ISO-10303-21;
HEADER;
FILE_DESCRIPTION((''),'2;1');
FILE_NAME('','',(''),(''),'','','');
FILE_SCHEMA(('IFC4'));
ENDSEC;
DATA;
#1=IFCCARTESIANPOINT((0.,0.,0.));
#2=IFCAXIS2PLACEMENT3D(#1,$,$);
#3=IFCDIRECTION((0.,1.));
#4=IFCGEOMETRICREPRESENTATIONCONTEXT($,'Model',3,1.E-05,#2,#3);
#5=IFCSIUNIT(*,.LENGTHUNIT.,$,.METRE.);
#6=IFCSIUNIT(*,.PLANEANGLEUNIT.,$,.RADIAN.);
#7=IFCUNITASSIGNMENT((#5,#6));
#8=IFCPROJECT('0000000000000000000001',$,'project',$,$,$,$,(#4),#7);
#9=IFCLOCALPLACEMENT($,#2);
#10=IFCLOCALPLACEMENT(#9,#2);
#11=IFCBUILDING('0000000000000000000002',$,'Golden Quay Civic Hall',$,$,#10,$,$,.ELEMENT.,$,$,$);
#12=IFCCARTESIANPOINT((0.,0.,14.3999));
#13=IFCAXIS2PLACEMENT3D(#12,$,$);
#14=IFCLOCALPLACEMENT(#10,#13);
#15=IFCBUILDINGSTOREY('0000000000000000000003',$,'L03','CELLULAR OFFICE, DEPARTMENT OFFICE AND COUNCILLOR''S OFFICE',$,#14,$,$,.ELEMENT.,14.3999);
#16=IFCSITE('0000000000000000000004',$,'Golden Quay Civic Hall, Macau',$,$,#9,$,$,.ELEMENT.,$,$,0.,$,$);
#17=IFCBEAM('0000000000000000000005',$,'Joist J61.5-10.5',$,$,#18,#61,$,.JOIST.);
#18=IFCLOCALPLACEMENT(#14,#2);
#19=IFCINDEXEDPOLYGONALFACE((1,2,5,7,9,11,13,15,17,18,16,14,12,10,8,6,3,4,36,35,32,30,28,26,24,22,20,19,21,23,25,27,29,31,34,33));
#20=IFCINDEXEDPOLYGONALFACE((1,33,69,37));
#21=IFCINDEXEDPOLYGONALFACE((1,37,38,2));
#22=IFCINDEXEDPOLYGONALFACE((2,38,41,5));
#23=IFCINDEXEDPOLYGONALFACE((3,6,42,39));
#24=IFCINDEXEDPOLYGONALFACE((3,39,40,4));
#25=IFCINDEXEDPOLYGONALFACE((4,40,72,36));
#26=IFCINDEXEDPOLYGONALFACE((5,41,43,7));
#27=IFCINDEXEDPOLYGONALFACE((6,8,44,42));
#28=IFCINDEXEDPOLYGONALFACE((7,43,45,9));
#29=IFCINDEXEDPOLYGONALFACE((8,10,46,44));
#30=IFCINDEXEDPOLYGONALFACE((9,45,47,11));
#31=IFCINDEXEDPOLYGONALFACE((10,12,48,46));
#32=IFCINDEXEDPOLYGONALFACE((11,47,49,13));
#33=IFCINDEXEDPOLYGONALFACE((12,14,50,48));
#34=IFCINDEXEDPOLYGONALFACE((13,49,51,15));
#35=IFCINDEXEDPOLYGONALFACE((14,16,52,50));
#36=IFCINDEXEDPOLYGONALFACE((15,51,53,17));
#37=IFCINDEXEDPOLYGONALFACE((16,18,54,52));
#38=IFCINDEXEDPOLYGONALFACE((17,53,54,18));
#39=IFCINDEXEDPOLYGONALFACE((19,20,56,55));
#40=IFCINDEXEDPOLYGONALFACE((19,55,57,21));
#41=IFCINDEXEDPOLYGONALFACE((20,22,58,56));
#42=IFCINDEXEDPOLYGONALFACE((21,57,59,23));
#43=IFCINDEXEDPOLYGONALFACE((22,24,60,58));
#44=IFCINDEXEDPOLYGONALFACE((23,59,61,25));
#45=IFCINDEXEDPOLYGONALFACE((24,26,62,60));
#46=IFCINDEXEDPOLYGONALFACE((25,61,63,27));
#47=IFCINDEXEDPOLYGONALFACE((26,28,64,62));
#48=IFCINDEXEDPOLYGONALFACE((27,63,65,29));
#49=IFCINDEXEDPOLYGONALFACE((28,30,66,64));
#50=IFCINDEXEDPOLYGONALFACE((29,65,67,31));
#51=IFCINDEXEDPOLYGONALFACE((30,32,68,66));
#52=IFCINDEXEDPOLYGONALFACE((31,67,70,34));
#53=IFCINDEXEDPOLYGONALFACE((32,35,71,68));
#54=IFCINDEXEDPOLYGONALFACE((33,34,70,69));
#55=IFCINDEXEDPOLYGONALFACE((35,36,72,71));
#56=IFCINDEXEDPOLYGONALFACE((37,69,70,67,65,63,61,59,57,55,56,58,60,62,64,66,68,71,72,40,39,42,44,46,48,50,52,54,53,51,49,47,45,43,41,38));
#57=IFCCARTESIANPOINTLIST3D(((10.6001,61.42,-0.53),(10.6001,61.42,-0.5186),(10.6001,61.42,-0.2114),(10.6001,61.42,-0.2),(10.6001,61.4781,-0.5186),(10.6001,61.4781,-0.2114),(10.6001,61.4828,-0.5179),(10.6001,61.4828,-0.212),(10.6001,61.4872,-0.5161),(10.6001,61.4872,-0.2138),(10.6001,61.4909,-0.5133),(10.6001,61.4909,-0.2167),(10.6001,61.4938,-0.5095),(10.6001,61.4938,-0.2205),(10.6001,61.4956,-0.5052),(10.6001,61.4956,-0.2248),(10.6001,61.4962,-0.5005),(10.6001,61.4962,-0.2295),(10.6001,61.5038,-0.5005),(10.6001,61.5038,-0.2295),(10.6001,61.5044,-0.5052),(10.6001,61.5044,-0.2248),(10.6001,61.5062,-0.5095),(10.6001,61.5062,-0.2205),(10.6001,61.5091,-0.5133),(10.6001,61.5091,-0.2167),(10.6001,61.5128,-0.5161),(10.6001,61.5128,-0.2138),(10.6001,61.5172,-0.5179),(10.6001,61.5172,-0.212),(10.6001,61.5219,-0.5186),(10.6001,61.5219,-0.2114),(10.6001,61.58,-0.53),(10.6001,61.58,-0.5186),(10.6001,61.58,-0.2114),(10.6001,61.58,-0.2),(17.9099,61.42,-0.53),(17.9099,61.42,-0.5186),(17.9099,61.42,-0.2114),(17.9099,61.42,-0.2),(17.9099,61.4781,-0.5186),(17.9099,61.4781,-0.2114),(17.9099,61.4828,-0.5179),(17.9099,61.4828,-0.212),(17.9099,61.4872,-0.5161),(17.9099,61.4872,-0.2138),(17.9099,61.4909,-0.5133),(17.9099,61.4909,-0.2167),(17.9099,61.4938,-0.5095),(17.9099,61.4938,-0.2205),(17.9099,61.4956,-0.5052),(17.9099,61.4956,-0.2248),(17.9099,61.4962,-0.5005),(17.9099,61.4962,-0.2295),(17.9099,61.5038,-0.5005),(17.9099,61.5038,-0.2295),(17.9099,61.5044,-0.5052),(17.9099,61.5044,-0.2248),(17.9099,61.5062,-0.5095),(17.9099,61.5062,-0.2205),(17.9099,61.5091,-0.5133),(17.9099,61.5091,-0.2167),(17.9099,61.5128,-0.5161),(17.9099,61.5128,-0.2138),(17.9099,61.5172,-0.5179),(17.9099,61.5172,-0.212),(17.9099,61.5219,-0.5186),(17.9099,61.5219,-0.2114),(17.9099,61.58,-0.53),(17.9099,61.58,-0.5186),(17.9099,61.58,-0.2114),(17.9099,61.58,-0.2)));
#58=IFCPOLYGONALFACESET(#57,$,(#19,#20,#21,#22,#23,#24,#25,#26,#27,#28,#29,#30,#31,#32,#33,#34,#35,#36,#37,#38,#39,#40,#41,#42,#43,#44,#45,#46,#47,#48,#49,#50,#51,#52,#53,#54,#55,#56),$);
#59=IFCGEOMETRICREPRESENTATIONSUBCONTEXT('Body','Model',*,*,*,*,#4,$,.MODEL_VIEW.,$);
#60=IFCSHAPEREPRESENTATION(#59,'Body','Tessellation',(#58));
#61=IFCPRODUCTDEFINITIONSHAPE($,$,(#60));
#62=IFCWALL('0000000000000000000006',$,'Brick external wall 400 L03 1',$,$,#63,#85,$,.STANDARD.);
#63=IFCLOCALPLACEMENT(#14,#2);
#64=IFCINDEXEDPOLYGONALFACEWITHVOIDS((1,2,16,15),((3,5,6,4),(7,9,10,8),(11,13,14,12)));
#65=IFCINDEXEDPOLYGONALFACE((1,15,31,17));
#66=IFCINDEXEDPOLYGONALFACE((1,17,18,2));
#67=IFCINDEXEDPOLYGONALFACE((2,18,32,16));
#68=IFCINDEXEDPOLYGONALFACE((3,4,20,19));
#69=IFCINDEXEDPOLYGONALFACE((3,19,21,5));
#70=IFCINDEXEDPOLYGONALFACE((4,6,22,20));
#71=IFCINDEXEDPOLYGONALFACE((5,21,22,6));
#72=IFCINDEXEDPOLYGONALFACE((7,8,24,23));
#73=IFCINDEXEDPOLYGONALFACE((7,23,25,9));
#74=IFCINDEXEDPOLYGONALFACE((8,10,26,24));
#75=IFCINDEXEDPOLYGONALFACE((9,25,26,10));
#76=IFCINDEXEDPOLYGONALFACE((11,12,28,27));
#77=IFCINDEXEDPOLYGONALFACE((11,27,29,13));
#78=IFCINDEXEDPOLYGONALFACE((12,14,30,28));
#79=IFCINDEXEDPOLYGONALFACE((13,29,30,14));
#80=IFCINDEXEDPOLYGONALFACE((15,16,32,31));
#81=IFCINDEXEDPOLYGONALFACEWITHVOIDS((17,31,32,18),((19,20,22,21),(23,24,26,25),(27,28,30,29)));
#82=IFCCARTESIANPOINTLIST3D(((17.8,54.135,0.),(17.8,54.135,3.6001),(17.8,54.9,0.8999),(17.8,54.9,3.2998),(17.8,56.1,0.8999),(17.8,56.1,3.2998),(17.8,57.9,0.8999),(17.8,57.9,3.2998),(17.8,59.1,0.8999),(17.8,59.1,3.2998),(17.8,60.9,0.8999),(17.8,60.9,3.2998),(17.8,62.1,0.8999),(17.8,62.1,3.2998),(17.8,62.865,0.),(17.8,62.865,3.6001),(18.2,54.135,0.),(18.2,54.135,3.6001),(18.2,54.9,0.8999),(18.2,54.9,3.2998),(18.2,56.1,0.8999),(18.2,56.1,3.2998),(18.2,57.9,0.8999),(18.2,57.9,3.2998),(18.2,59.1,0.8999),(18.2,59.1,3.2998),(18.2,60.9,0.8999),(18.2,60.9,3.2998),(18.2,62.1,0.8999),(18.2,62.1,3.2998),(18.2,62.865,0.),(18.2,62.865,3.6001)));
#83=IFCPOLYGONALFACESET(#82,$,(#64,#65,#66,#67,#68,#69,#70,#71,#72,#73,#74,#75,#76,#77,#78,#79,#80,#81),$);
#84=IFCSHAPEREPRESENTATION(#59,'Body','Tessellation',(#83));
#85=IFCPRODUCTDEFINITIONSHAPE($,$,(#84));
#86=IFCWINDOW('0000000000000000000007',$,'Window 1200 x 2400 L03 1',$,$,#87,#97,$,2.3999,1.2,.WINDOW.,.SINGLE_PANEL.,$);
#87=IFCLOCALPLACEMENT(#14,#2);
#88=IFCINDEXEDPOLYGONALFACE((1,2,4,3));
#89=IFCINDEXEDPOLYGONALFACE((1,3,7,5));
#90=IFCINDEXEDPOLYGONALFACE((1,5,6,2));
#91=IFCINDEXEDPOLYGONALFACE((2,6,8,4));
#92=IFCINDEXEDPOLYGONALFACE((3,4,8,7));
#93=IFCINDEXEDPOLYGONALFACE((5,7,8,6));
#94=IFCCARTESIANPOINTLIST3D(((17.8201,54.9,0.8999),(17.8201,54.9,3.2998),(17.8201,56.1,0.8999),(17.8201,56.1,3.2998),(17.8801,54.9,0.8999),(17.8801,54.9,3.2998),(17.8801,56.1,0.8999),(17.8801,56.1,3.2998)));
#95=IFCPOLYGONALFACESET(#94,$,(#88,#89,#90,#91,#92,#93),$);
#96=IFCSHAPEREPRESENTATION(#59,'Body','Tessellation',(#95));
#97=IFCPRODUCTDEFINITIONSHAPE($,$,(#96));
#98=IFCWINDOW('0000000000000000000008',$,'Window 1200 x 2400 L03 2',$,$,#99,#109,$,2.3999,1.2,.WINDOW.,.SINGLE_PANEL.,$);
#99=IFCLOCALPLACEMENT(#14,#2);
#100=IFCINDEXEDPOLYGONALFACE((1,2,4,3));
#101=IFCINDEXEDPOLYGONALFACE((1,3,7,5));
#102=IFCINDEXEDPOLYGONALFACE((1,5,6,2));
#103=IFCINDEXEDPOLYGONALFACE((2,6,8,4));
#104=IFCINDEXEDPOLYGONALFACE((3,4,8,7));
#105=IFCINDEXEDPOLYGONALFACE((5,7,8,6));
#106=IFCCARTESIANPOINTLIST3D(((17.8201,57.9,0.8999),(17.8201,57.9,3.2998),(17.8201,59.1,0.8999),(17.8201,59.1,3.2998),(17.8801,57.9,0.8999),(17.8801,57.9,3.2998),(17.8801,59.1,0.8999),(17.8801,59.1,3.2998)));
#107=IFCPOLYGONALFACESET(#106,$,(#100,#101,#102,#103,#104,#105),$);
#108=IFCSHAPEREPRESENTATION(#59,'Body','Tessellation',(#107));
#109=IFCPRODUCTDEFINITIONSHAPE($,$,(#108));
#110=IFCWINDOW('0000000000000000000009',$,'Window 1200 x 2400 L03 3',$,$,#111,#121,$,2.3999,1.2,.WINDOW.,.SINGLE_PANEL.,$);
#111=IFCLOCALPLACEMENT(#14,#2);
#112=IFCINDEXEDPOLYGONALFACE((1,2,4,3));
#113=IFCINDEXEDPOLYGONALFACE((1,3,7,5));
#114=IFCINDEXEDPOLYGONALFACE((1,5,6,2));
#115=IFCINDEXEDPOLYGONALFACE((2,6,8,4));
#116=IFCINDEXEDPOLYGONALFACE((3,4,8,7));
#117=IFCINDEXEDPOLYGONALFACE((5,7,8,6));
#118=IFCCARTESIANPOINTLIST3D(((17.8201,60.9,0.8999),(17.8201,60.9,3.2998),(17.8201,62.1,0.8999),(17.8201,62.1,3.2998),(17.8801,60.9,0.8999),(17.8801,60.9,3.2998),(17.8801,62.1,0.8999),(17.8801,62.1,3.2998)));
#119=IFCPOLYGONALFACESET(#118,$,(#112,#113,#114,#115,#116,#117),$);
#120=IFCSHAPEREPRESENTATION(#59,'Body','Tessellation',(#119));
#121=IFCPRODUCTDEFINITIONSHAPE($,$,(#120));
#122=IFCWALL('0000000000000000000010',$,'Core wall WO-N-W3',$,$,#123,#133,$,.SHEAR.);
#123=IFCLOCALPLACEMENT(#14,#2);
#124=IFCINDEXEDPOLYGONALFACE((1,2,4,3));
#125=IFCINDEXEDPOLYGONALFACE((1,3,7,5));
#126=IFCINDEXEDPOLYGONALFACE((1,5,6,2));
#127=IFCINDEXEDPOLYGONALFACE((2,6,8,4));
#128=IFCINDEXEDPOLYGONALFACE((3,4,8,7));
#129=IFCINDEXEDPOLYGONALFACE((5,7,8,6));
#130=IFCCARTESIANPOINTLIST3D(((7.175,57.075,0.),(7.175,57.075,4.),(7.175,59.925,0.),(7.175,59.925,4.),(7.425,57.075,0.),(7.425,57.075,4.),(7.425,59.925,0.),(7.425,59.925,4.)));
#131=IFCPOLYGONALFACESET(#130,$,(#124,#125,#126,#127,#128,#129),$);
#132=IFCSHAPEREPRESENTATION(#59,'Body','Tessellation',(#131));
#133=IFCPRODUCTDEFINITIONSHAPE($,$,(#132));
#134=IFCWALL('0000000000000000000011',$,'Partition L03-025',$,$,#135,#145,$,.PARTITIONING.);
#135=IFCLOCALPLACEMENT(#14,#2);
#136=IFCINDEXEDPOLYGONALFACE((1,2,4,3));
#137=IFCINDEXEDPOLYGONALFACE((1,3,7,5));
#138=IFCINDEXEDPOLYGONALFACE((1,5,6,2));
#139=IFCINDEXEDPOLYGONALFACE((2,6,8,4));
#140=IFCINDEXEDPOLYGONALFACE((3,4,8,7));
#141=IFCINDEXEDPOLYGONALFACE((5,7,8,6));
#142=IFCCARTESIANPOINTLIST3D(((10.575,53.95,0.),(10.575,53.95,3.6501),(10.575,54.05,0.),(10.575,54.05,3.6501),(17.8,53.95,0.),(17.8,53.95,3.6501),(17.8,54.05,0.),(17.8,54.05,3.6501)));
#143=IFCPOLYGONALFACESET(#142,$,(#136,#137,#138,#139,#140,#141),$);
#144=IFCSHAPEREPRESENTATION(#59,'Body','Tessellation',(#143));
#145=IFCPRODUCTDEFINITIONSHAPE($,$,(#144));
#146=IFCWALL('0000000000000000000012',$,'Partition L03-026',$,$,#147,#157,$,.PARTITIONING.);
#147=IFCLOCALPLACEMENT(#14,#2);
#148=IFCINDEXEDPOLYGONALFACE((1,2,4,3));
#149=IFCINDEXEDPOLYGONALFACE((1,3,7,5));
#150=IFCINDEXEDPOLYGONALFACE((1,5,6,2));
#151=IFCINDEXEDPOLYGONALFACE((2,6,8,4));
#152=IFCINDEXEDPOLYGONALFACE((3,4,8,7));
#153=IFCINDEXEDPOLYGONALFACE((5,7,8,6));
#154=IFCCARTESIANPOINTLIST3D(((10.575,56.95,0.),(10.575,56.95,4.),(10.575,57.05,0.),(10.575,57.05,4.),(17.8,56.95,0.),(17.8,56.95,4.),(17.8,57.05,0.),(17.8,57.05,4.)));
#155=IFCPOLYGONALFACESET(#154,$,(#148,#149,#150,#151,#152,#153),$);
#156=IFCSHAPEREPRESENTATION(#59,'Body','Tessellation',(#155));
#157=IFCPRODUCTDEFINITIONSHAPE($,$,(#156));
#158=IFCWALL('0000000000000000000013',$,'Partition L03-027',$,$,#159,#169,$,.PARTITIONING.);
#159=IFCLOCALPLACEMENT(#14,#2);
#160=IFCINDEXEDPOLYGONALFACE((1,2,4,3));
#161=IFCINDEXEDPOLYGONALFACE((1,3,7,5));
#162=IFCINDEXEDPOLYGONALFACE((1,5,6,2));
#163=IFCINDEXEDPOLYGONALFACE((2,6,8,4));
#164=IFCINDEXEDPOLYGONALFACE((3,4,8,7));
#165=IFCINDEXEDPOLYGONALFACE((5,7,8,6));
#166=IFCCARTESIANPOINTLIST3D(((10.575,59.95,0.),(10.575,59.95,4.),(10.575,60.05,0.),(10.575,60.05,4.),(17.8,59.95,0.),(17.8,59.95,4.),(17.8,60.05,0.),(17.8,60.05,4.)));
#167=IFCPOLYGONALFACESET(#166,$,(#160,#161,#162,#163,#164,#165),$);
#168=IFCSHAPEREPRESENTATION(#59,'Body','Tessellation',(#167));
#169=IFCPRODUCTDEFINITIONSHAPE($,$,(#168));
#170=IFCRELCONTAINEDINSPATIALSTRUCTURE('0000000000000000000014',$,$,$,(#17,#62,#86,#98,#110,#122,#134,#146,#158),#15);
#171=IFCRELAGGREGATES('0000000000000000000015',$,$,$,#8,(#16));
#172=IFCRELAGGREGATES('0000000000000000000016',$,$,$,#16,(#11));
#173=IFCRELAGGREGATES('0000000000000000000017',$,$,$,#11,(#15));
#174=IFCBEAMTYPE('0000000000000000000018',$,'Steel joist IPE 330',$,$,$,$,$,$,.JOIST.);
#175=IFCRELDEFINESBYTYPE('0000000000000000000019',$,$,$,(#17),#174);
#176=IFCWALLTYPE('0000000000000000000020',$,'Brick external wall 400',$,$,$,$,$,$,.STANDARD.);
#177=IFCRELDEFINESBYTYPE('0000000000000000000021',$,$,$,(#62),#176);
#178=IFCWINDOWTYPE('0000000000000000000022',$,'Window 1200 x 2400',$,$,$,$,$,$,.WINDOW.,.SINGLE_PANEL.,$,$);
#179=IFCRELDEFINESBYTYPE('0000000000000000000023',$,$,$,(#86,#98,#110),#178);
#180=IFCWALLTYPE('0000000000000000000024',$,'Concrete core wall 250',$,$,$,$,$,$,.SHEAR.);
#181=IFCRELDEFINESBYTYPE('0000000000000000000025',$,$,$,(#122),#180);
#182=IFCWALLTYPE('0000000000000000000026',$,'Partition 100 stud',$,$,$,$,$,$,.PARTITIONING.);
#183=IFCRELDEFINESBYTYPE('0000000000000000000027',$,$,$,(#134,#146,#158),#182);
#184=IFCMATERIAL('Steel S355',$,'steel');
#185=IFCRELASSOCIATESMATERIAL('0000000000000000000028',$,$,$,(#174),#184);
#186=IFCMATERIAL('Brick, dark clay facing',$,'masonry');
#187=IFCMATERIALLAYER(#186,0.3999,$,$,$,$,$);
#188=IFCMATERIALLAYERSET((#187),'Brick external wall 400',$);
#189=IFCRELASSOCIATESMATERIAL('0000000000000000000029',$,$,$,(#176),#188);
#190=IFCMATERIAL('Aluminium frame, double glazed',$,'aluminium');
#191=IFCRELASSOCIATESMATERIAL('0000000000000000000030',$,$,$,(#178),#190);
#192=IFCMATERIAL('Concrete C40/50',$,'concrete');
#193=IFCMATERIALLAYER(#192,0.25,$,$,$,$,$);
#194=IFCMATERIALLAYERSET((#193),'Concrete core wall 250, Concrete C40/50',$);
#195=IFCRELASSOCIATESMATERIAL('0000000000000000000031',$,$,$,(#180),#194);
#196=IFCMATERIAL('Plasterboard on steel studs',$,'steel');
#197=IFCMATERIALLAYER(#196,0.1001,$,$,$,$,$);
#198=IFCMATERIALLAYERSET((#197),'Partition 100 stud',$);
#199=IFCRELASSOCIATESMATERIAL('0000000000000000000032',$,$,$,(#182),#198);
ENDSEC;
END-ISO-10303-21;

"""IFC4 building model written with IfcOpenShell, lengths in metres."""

from ifc_helpers import new_model, si_unit, direction, frame, frame_2d, origin, origin_2d, place, context, subcontext, project, spatial, rectangle, i_section, extrude, material, layer, layer_set, material_profile, profile_set, type_object, element, fill, save


model = new_model("IFC4")

# Units and contexts
model_context = context("Model", 3, precision=1e-05, world=origin(), true_north=direction((0.0, 1.0)))
body_context = subcontext(model_context, "Body", "Model", "MODEL_VIEW")
ifc_project = project(units=[si_unit("LENGTHUNIT", "METRE"), si_unit("PLANEANGLEUNIT", "RADIAN")], contexts=[model_context])

# Site, building, storey
site_placement = place(None, origin())
site = spatial("IfcSite", under=ifc_project, at=site_placement, Name="Golden Quay Civic Hall, Macau", CompositionType="ELEMENT", RefElevation=0.0)
building_placement = place(site_placement, origin())
building = spatial("IfcBuilding", under=site, at=building_placement, Name="Golden Quay Civic Hall", CompositionType="ELEMENT")
storey_placement = place(building_placement, frame((0.0, 0.0, 14.3999)))
storey = spatial("IfcBuildingStorey", under=building, at=storey_placement, Name="L03", Description="CELLULAR OFFICE, DEPARTMENT OFFICE AND COUNCILLOR'S OFFICE", CompositionType="ELEMENT", Elevation=14.3999)

# Beam
ifc_material_1 = material(Name="Steel S355", Category="steel")
ifc_material_profile_1 = material_profile(ifc_material_1, i_section(OverallWidth=0.1599, OverallDepth=0.3301, WebThickness=0.0076, FlangeThickness=0.0115, FilletRadius=0.0181, at=origin_2d()), Name="IPE 330")
ifc_profile_set_1 = profile_set([ifc_material_profile_1], Name="Steel S355")
beam_type_1 = type_object("IfcBeamType", Name="Steel joist IPE 330", PredefinedType="JOIST", material=ifc_profile_set_1)
for number, where, z_axis, x_axis, name in (
    (1, (10.6001, 61.5, -0.365), (1.0, 0.0, 0.0), (0.0, 1.0, 0.0), "Joist J61.5-10.5"),
):
    element("IfcBeam", number, at=place(storey_placement, frame(where, z_axis=z_axis, x_axis=x_axis)), inside=storey, type_object=beam_type_1, Name=name, PredefinedType="JOIST", context=body_context, shape_type="SweptSolid", body=[
        extrude(i_section(OverallWidth=0.1599, OverallDepth=0.3301, WebThickness=0.0076, FlangeThickness=0.0115, FilletRadius=0.0181, at=origin_2d()), origin(), (0.0, 0.0, 1.0), 7.3098),
    ])

# Wall, openings, windows
ifc_material_2 = material(Name="Brick, dark clay facing", Category="masonry")
ifc_layer_1 = layer(ifc_material_2, 0.3999)
ifc_layer_set_1 = layer_set([ifc_layer_1], Name="Brick external wall 400")
wall_type_1 = type_object("IfcWallType", Name="Brick external wall 400", PredefinedType="STANDARD", material=ifc_layer_set_1)
wall_1_placement = place(storey_placement, frame((18.0, 62.865, 0.0), z_axis=(0.0, 0.0, 1.0), x_axis=(0.0, -1.0, 0.0)))
wall_1 = element("IfcWall", 2, at=wall_1_placement, inside=storey, type_object=wall_type_1, Name="Brick external wall 400 L03 1", PredefinedType="STANDARD", context=body_context, shape_type="SweptSolid", body=[
    extrude(rectangle(XDim=8.73, YDim=0.3999, at=frame_2d((4.365, 0.0))), origin(), (0.0, 0.0, 1.0), 3.6001),
])
opening_1_placement = place(wall_1_placement, frame((6.7649, 0.0, 0.8999)))
opening_1 = element("IfcOpeningElement", 3, at=opening_1_placement, cuts=wall_1, PredefinedType="OPENING", context=body_context, shape_type="SweptSolid", body=[
    extrude(rectangle(XDim=1.2, YDim=2.3999, at=frame_2d((0.6001, 1.2))), frame((0.0, 0.21, 0.0), z_axis=(0.0, -1.0, 0.0), x_axis=(1.0, 0.0, 0.0)), (0.0, 0.0, 1.0), 0.4199),
])
opening_2_placement = place(wall_1_placement, frame((3.7649, 0.0, 0.8999)))
opening_2 = element("IfcOpeningElement", 4, at=opening_2_placement, cuts=wall_1, PredefinedType="OPENING", context=body_context, shape_type="SweptSolid", body=[
    extrude(rectangle(XDim=1.2, YDim=2.3999, at=frame_2d((0.6001, 1.2))), frame((0.0, 0.21, 0.0), z_axis=(0.0, -1.0, 0.0), x_axis=(1.0, 0.0, 0.0)), (0.0, 0.0, 1.0), 0.4199),
])
opening_3_placement = place(wall_1_placement, frame((0.7649, 0.0, 0.8999)))
opening_3 = element("IfcOpeningElement", 5, at=opening_3_placement, cuts=wall_1, PredefinedType="OPENING", context=body_context, shape_type="SweptSolid", body=[
    extrude(rectangle(XDim=1.2, YDim=2.3999, at=frame_2d((0.6001, 1.2))), frame((0.0, 0.21, 0.0), z_axis=(0.0, -1.0, 0.0), x_axis=(1.0, 0.0, 0.0)), (0.0, 0.0, 1.0), 0.4199),
])
ifc_material_3 = material(Name="Aluminium frame, double glazed", Category="aluminium")
window_type = type_object("IfcWindowType", Name="Window 1200 x 2400", PartitioningType="SINGLE_PANEL", PredefinedType="WINDOW", material=ifc_material_3)
window_1_placement = place(opening_1_placement, origin())
window_1 = element("IfcWindow", 6, at=window_1_placement, inside=storey, type_object=window_type, Name="Window 1200 x 2400 L03 1", OverallHeight=2.3999, OverallWidth=1.2, PartitioningType="SINGLE_PANEL", PredefinedType="WINDOW", context=body_context, shape_type="SweptSolid", body=[
    extrude(rectangle(XDim=1.2, YDim=2.3999, at=frame_2d((0.6001, 1.2))), frame((0.0, -0.1199, 0.0), z_axis=(0.0, -1.0, 0.0), x_axis=(1.0, 0.0, 0.0)), (0.0, 0.0, 1.0), 0.0601),
])
fill(opening_1, window_1)
window_2_placement = place(opening_2_placement, origin())
window_2 = element("IfcWindow", 7, at=window_2_placement, inside=storey, type_object=window_type, Name="Window 1200 x 2400 L03 2", OverallHeight=2.3999, OverallWidth=1.2, PartitioningType="SINGLE_PANEL", PredefinedType="WINDOW", context=body_context, shape_type="SweptSolid", body=[
    extrude(rectangle(XDim=1.2, YDim=2.3999, at=frame_2d((0.6001, 1.2))), frame((0.0, -0.1199, 0.0), z_axis=(0.0, -1.0, 0.0), x_axis=(1.0, 0.0, 0.0)), (0.0, 0.0, 1.0), 0.0601),
])
fill(opening_2, window_2)
window_3_placement = place(opening_3_placement, origin())
window_3 = element("IfcWindow", 8, at=window_3_placement, inside=storey, type_object=window_type, Name="Window 1200 x 2400 L03 3", OverallHeight=2.3999, OverallWidth=1.2, PartitioningType="SINGLE_PANEL", PredefinedType="WINDOW", context=body_context, shape_type="SweptSolid", body=[
    extrude(rectangle(XDim=1.2, YDim=2.3999, at=frame_2d((0.6001, 1.2))), frame((0.0, -0.1199, 0.0), z_axis=(0.0, -1.0, 0.0), x_axis=(1.0, 0.0, 0.0)), (0.0, 0.0, 1.0), 0.0601),
])
fill(opening_3, window_3)

# Walls
ifc_material_4 = material(Name="Concrete C40/50", Category="concrete")
ifc_layer_2 = layer(ifc_material_4, 0.25)
ifc_layer_set_2 = layer_set([ifc_layer_2], Name="Concrete core wall 250, Concrete C40/50")
wall_type_2 = type_object("IfcWallType", Name="Concrete core wall 250", PredefinedType="SHEAR", material=ifc_layer_set_2)
wall_2_placement = place(storey_placement, frame((7.3, 57.075, 0.0), z_axis=(0.0, 0.0, 1.0), x_axis=(0.0, 1.0, 0.0)))
element("IfcWall", 9, at=wall_2_placement, inside=storey, type_object=wall_type_2, Name="Core wall WO-N-W3", PredefinedType="SHEAR", context=body_context, shape_type="SweptSolid", body=[
    extrude(rectangle(XDim=2.8501, YDim=0.25, at=frame_2d((1.425, 0.0))), origin(), (0.0, 0.0, 1.0), 4.0),
])
ifc_material_5 = material(Name="Plasterboard on steel studs", Category="steel")
ifc_layer_3 = layer(ifc_material_5, 0.1001)
ifc_layer_set_3 = layer_set([ifc_layer_3], Name="Partition 100 stud")
wall_type_3 = type_object("IfcWallType", Name="Partition 100 stud", PredefinedType="PARTITIONING", material=ifc_layer_set_3)
wall_3_placement = place(storey_placement, frame((10.575, 54.0, 0.0), z_axis=(0.0, 0.0, 1.0), x_axis=(1.0, 0.0, 0.0)))
element("IfcWall", 10, at=wall_3_placement, inside=storey, type_object=wall_type_3, Name="Partition L03-025", PredefinedType="PARTITIONING", context=body_context, shape_type="SweptSolid", body=[
    extrude(rectangle(XDim=7.2251, YDim=0.1001, at=frame_2d((3.6125, 0.0))), origin(), (0.0, 0.0, 1.0), 3.6501),
])
for number, where, z_axis, x_axis, name in (
    (11, (10.575, 57.0, 0.0), (0.0, 0.0, 1.0), (1.0, 0.0, 0.0), "Partition L03-026"),
    (12, (10.575, 60.0, 0.0), (0.0, 0.0, 1.0), (1.0, 0.0, 0.0), "Partition L03-027"),
):
    element("IfcWall", number, at=place(storey_placement, frame(where, z_axis=z_axis, x_axis=x_axis)), inside=storey, type_object=wall_type_3, Name=name, PredefinedType="PARTITIONING", context=body_context, shape_type="SweptSolid", body=[
        extrude(rectangle(XDim=7.2251, YDim=0.1001, at=frame_2d((3.6125, 0.0))), origin(), (0.0, 0.0, 1.0), 4.0),
    ])

save(model, "model.ifc")
